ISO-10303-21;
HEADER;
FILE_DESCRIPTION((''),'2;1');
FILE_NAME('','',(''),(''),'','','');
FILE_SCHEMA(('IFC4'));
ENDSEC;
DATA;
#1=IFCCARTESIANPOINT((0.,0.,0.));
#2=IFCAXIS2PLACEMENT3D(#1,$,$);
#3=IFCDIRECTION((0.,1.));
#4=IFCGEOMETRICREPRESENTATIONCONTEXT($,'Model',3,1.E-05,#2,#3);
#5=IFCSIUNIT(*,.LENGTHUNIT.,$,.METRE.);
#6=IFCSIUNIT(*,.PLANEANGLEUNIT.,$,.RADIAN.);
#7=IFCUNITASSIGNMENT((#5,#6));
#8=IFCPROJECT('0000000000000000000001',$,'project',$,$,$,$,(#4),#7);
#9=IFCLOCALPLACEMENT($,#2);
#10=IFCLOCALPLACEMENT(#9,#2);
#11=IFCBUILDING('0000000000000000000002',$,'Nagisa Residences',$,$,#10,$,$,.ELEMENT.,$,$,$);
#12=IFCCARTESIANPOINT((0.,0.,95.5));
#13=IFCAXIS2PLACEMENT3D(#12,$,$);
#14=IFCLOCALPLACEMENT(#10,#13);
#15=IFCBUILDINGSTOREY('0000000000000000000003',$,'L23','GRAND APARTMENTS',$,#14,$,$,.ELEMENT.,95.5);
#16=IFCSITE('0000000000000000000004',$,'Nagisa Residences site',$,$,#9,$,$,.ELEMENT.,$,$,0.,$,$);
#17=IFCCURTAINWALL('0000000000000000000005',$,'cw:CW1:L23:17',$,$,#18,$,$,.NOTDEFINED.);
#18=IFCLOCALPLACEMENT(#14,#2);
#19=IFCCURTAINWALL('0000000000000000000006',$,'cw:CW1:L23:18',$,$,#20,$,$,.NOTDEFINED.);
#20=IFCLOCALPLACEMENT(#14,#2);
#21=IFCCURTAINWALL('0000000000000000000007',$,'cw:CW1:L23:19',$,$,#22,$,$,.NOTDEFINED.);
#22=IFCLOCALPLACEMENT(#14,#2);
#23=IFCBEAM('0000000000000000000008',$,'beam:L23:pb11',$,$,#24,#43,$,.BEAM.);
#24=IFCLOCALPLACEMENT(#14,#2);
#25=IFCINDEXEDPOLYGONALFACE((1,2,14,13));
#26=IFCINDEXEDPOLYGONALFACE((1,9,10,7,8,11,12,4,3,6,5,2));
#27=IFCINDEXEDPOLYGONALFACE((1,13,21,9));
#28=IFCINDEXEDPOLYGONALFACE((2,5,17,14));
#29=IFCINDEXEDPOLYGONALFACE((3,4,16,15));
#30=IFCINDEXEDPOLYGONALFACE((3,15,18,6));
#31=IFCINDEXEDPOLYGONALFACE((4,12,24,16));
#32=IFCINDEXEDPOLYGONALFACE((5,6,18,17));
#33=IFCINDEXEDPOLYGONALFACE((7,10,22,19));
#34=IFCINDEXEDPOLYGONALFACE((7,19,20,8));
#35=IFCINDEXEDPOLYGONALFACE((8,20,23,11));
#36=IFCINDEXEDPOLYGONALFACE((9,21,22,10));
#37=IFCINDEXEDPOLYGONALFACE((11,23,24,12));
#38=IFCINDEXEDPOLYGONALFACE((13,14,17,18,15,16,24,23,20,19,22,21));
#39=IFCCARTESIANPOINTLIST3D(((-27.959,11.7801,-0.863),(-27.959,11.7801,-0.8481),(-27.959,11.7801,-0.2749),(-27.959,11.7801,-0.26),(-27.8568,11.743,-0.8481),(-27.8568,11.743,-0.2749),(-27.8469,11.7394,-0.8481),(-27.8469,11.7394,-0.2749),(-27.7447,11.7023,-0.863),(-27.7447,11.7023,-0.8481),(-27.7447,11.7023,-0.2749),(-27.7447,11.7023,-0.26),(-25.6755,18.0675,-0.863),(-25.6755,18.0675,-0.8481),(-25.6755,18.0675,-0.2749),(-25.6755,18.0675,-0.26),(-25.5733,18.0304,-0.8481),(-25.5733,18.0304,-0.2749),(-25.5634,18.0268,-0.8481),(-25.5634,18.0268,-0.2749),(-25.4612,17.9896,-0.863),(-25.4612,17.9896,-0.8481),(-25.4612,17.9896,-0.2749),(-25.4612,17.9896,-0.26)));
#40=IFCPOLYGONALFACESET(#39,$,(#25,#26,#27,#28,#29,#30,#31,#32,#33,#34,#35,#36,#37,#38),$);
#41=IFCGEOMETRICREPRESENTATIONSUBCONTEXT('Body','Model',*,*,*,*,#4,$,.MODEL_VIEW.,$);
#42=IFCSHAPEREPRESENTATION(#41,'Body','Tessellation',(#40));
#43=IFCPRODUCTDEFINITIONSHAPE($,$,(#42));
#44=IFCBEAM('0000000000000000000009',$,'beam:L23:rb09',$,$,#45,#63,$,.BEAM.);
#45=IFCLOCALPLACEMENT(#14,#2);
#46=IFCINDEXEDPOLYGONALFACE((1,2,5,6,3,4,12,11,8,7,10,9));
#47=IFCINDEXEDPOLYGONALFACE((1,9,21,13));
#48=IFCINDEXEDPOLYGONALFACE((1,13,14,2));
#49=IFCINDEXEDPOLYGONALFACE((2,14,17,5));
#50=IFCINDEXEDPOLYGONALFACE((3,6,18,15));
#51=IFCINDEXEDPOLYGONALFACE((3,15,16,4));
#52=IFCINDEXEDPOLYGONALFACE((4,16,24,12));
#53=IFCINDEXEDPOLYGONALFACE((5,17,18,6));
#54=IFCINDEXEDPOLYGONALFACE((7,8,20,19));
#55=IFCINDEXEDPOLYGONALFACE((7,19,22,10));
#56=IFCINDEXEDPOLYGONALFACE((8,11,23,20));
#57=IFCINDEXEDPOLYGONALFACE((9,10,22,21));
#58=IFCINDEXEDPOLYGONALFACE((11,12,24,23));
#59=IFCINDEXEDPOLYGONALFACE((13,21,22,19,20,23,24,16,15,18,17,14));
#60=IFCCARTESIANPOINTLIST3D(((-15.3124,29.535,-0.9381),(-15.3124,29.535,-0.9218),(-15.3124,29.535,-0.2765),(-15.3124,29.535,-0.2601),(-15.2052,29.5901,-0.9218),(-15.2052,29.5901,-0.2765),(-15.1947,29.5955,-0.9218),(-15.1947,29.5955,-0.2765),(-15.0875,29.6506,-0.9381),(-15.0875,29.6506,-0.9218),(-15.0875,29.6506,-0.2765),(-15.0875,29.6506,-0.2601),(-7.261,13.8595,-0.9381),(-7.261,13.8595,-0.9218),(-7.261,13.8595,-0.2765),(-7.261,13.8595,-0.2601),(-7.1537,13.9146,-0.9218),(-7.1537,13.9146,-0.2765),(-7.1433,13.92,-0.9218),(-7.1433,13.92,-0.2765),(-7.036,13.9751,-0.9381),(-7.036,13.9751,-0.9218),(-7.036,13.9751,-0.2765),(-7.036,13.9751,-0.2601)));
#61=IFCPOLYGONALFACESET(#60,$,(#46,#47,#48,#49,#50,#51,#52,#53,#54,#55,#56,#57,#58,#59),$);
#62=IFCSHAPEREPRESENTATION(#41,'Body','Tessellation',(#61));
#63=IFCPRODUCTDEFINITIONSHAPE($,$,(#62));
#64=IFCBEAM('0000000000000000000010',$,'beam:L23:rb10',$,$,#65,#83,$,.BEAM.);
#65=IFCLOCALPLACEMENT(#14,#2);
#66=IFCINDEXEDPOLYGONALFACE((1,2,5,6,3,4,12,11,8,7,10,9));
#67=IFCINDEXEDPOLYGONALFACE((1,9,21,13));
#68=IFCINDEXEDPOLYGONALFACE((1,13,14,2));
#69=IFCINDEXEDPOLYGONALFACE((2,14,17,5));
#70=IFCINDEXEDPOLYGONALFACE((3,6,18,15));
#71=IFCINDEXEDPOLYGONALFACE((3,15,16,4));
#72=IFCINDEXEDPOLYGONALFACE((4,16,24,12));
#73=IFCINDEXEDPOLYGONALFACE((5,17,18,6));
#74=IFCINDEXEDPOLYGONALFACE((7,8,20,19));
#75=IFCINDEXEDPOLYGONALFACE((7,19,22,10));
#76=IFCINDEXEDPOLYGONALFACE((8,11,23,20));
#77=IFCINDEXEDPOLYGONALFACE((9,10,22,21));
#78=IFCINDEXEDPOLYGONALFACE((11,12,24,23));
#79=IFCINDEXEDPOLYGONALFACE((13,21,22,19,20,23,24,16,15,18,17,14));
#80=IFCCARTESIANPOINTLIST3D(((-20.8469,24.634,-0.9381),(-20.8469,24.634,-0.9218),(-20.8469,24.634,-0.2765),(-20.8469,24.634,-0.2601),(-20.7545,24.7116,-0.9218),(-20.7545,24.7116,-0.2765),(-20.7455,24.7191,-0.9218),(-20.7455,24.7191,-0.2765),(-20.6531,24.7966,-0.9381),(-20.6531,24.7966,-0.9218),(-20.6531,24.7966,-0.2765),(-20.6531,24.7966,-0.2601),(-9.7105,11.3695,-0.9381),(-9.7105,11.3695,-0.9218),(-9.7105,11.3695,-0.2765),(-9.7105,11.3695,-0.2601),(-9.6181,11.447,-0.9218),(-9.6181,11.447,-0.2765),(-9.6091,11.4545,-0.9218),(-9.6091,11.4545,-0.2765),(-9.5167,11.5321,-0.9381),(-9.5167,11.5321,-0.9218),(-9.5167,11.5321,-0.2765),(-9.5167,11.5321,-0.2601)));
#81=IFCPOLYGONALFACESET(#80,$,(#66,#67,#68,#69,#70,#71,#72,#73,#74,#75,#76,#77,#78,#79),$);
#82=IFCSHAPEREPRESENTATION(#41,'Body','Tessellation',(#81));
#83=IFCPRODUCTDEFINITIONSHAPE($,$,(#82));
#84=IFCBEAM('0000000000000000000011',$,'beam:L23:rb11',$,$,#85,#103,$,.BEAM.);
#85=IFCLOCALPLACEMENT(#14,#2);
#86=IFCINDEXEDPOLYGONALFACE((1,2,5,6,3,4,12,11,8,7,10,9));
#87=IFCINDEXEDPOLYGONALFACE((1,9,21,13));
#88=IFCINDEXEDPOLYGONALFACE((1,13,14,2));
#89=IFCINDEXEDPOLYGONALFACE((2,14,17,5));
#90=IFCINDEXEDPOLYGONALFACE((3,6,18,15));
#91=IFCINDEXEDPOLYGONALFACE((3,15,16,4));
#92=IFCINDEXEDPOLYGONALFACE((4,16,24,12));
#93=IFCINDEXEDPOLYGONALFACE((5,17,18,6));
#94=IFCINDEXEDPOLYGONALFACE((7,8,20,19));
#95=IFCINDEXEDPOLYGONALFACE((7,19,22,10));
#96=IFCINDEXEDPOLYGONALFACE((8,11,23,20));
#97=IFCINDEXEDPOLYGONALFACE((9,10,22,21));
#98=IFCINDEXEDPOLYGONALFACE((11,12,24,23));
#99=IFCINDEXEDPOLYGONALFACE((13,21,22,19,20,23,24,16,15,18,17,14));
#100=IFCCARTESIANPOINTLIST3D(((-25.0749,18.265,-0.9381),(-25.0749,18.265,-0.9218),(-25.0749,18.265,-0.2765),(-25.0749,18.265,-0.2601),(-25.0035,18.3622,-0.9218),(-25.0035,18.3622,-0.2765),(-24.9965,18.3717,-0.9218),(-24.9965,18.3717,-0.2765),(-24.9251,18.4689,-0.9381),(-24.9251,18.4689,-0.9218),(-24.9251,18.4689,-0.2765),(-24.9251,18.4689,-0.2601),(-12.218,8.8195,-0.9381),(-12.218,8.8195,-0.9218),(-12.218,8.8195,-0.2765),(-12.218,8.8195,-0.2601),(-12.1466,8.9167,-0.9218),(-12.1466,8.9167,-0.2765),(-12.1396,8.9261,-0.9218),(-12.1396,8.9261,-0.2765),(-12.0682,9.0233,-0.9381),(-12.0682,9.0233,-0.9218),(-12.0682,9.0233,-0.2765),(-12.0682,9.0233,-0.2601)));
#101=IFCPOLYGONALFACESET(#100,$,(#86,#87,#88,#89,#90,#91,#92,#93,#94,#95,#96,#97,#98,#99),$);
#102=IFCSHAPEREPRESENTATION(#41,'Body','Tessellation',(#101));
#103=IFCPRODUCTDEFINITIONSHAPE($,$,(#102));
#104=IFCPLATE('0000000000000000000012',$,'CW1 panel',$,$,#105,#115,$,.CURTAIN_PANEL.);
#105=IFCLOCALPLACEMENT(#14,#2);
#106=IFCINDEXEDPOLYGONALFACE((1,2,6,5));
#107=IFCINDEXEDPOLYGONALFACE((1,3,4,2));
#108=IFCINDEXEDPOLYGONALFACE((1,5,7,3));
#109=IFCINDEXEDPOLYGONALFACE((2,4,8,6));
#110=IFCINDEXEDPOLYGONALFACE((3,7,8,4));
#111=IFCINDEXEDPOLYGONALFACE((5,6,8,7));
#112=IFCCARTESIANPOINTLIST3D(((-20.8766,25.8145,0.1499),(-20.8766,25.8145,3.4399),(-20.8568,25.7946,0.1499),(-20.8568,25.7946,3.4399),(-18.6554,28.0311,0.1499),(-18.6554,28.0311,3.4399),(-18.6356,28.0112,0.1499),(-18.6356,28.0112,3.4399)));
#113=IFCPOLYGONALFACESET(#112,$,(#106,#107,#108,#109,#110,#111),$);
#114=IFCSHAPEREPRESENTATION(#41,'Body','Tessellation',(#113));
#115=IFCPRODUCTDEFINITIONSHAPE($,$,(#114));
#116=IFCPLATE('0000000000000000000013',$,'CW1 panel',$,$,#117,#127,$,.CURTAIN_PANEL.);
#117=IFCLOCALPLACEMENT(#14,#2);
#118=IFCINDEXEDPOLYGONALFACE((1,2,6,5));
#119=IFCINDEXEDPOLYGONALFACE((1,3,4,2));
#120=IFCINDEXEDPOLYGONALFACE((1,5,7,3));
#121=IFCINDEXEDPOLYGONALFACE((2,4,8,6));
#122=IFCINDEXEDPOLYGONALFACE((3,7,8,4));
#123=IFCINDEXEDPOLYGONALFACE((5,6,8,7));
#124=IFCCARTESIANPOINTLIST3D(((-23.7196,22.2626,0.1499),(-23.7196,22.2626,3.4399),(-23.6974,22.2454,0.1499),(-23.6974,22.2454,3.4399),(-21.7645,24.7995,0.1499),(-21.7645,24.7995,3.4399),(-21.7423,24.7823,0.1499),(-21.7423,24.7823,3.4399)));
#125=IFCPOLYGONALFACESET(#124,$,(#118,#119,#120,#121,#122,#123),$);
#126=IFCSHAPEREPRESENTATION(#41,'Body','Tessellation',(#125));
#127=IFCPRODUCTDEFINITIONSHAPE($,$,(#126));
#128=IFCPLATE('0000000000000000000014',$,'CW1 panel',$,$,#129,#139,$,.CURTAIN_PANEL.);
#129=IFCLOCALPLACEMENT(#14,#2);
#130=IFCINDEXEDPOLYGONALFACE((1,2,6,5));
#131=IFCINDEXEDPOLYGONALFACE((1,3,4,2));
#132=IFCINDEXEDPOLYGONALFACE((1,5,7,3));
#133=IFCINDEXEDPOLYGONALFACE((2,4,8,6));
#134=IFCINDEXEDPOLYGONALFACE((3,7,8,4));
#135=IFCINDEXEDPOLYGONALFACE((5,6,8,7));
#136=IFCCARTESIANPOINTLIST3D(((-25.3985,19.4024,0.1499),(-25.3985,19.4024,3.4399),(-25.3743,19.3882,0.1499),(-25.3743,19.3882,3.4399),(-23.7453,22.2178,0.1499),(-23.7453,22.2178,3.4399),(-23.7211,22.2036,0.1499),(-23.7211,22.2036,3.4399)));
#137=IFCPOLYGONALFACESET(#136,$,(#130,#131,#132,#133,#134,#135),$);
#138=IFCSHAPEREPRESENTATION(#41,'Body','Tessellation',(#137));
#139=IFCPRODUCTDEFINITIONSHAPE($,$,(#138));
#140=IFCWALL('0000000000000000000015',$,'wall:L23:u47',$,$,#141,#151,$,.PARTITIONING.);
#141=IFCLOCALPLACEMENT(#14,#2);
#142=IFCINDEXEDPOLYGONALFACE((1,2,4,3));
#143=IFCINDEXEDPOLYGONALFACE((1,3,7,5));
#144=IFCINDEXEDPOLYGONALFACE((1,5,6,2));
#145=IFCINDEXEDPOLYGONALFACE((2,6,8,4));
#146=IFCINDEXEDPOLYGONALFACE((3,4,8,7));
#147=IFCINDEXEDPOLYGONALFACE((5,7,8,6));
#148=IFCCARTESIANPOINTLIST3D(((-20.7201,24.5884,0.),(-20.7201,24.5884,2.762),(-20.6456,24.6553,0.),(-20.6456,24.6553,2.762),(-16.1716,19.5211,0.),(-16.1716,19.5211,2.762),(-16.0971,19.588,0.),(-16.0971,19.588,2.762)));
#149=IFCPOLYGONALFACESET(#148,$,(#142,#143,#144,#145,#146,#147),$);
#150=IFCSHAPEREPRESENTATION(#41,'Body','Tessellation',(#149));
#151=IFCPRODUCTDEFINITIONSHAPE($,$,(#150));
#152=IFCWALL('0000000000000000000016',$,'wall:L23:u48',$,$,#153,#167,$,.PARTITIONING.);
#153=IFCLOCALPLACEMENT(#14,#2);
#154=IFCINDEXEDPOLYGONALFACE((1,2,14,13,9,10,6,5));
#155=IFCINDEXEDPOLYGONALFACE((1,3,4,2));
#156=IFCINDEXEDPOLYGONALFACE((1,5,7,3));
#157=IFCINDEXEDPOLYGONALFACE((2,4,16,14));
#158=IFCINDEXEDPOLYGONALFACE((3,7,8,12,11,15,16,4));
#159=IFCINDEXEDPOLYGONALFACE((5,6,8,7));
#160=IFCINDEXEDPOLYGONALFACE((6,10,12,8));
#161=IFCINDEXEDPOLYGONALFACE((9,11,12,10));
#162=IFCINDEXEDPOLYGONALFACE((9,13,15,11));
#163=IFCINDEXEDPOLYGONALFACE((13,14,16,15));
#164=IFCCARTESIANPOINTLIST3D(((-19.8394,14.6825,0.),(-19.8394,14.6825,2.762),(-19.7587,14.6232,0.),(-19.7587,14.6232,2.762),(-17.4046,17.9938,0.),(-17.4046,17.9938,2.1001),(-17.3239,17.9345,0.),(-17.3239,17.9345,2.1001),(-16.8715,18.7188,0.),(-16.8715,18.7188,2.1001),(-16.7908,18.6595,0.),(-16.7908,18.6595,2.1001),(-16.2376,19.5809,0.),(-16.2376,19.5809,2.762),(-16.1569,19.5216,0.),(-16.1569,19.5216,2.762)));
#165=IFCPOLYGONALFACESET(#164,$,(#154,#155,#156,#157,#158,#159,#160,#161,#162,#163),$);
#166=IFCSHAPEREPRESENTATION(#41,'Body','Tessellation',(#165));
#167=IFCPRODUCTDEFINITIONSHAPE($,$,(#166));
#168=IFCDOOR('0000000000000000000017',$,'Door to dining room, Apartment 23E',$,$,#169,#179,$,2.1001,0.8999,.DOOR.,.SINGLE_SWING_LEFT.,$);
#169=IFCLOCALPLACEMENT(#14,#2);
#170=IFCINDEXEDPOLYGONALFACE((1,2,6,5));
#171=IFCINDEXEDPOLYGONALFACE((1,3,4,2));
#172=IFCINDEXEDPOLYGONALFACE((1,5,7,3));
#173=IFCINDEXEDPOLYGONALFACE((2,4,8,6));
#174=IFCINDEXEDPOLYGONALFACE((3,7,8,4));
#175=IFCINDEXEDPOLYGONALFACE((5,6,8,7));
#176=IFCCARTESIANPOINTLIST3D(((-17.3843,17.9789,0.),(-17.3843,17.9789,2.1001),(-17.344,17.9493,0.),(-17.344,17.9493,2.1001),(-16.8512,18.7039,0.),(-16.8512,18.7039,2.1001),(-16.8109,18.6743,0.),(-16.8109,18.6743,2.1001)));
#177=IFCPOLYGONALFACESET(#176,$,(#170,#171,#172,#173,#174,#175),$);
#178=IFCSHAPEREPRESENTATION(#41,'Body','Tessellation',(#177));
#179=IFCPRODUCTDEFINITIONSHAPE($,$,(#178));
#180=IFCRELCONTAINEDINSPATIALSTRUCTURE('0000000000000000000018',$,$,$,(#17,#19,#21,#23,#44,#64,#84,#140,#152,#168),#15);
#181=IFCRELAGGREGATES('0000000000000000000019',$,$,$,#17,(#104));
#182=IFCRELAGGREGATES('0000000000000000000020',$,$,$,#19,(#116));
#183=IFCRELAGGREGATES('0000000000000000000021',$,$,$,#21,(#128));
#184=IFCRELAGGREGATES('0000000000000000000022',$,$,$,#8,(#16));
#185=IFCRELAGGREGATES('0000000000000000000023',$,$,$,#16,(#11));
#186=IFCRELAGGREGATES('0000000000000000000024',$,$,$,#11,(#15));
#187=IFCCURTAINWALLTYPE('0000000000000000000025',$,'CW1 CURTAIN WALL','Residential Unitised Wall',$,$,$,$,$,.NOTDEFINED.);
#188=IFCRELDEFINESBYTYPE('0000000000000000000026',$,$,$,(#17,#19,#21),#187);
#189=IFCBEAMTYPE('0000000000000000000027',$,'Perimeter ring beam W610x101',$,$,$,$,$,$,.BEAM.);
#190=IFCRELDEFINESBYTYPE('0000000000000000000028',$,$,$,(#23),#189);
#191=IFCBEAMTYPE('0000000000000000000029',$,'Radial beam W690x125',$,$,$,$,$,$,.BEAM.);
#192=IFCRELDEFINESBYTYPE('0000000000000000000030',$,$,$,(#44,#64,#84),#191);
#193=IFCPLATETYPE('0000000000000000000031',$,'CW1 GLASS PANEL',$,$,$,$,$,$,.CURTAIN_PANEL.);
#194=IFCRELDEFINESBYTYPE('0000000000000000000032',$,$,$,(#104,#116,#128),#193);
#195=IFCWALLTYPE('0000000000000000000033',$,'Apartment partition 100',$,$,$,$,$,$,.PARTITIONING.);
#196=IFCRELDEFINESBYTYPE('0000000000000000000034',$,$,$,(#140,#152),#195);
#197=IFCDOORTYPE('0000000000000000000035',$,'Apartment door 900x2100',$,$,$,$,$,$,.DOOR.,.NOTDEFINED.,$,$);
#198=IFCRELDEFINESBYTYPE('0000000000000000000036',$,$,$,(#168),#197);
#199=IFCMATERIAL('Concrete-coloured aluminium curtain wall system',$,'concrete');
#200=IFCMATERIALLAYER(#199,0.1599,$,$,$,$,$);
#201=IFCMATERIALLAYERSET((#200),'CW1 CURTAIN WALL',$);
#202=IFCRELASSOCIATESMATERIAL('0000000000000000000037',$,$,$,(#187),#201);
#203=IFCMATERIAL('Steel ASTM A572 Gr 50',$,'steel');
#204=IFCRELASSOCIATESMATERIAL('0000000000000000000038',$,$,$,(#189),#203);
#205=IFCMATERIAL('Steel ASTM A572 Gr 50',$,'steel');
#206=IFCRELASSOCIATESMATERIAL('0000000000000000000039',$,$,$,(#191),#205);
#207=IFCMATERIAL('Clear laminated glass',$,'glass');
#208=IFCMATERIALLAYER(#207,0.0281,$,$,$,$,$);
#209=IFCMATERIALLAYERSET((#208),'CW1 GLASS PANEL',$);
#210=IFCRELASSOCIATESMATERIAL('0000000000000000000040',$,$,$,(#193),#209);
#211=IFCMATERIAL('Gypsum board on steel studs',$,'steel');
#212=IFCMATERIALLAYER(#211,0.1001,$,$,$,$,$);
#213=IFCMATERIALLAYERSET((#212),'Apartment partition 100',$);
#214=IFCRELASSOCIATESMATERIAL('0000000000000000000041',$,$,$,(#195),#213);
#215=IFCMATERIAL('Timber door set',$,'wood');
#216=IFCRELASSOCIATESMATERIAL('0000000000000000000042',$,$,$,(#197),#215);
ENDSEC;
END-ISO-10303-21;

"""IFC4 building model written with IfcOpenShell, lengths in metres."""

from ifc_helpers import new_model, si_unit, direction, frame, frame_2d, origin, origin_2d, place, context, subcontext, project, spatial, rectangle, i_section, extrude, material, layer, layer_set, material_profile, profile_set, type_object, element, fill, aggregate, save


model = new_model("IFC4")

# Units and contexts
model_context = context("Model", 3, precision=1e-05, world=origin(), true_north=direction((0.0, 1.0)))
body_context = subcontext(model_context, "Body", "Model", "MODEL_VIEW")
ifc_project = project(units=[si_unit("LENGTHUNIT", "METRE"), si_unit("PLANEANGLEUNIT", "RADIAN")], contexts=[model_context])

# Site, building, storey
site_placement = place(None, origin())
site = spatial("IfcSite", under=ifc_project, at=site_placement, Name="Nagisa Residences site", CompositionType="ELEMENT", RefElevation=0.0)
building_placement = place(site_placement, origin())
building = spatial("IfcBuilding", under=site, at=building_placement, Name="Nagisa Residences", CompositionType="ELEMENT")
storey_placement = place(building_placement, frame((0.0, 0.0, 95.5)))
storey = spatial("IfcBuildingStorey", under=building, at=storey_placement, Name="L23", Description="GRAND APARTMENTS", CompositionType="ELEMENT", Elevation=95.5)

# Curtain walls
ifc_material_1 = material(Name="Concrete-coloured aluminium curtain wall system", Category="concrete")
ifc_layer_1 = layer(ifc_material_1, 0.1599)
ifc_layer_set_1 = layer_set([ifc_layer_1], Name="CW1 CURTAIN WALL")
curtain_wall_type = type_object("IfcCurtainWallType", Name="CW1 CURTAIN WALL", Description="Residential Unitised Wall", PredefinedType="NOTDEFINED", material=ifc_layer_set_1)
curtain_wall_1_placement = place(storey_placement, origin())
curtain_wall_1 = element("IfcCurtainWall", 1, at=curtain_wall_1_placement, inside=storey, type_object=curtain_wall_type, Name="cw:CW1:L23:17", PredefinedType="NOTDEFINED")
curtain_wall_2_placement = place(storey_placement, origin())
curtain_wall_2 = element("IfcCurtainWall", 2, at=curtain_wall_2_placement, inside=storey, type_object=curtain_wall_type, Name="cw:CW1:L23:18", PredefinedType="NOTDEFINED")
curtain_wall_3_placement = place(storey_placement, origin())
curtain_wall_3 = element("IfcCurtainWall", 3, at=curtain_wall_3_placement, inside=storey, type_object=curtain_wall_type, Name="cw:CW1:L23:19", PredefinedType="NOTDEFINED")

# Beams
ifc_material_2 = material(Name="Steel ASTM A572 Gr 50", Category="steel")
ifc_material_profile_1 = material_profile(ifc_material_2, i_section(OverallWidth=0.228, OverallDepth=0.603, WebThickness=0.0105, FlangeThickness=0.0149, at=origin_2d()), Name="W610x101")
ifc_profile_set_1 = profile_set([ifc_material_profile_1], Name="Steel ASTM A572 Gr 50")
beam_type_1 = type_object("IfcBeamType", Name="Perimeter ring beam W610x101", PredefinedType="BEAM", material=ifc_profile_set_1)
beam_1_placement = place(storey_placement, frame((-25.5684, 18.0286, -0.5615), z_axis=(-0.341365, -0.939931, 0.0), x_axis=(0.939931, -0.341365, 0.0)))
element("IfcBeam", 4, at=beam_1_placement, inside=storey, type_object=beam_type_1, Name="beam:L23:pb11", PredefinedType="BEAM", context=body_context, shape_type="SweptSolid", body=[
    extrude(i_section(OverallWidth=0.228, OverallDepth=0.603, WebThickness=0.0105, FlangeThickness=0.0149, at=origin_2d()), origin(), (0.0, 0.0, 1.0), 6.6892),
])
ifc_material_3 = material(Name="Steel ASTM A572 Gr 50", Category="steel")
ifc_material_profile_2 = material_profile(ifc_material_3, i_section(OverallWidth=0.2529, OverallDepth=0.678, WebThickness=0.0117, FlangeThickness=0.0164, at=origin_2d()), Name="W690x125")
ifc_profile_set_2 = profile_set([ifc_material_profile_2], Name="Steel ASTM A572 Gr 50")
beam_type_2 = type_object("IfcBeamType", Name="Radial beam W690x125", PredefinedType="BEAM", material=ifc_profile_set_2)
beam_2_placement = place(storey_placement, frame((-15.2, 29.5928, -0.5991), z_axis=(0.456891, -0.889523, 0.0), x_axis=(0.889523, 0.456891, 0.0)))
element("IfcBeam", 5, at=beam_2_placement, inside=storey, type_object=beam_type_2, Name="beam:L23:rb09", PredefinedType="BEAM", context=body_context, shape_type="SweptSolid", body=[
    extrude(i_section(OverallWidth=0.2529, OverallDepth=0.678, WebThickness=0.0117, FlangeThickness=0.0164, at=origin_2d()), origin(), (0.0, 0.0, 1.0), 17.6223),
])
beam_3_placement = place(storey_placement, frame((-20.75, 24.7153, -0.5991), z_axis=(0.642995, -0.765871, 0.0), x_axis=(0.765871, 0.642995, 0.0)))
element("IfcBeam", 6, at=beam_3_placement, inside=storey, type_object=beam_type_2, Name="beam:L23:rb10", PredefinedType="BEAM", context=body_context, shape_type="SweptSolid", body=[
    extrude(i_section(OverallWidth=0.2529, OverallDepth=0.678, WebThickness=0.0117, FlangeThickness=0.0164, at=origin_2d()), origin(), (0.0, 0.0, 1.0), 17.3196),
])
beam_4_placement = place(storey_placement, frame((-25.0, 18.3669, -0.5991), z_axis=(0.805892, -0.592062, 0.0), x_axis=(0.592062, 0.805892, 0.0)))
element("IfcBeam", 7, at=beam_4_placement, inside=storey, type_object=beam_type_2, Name="beam:L23:rb11", PredefinedType="BEAM", context=body_context, shape_type="SweptSolid", body=[
    extrude(i_section(OverallWidth=0.2529, OverallDepth=0.678, WebThickness=0.0117, FlangeThickness=0.0164, at=origin_2d()), origin(), (0.0, 0.0, 1.0), 15.9536),
])

# Plates
ifc_material_4 = material(Name="Clear laminated glass", Category="glass")
ifc_layer_2 = layer(ifc_material_4, 0.0281)
ifc_layer_set_2 = layer_set([ifc_layer_2], Name="CW1 GLASS PANEL")
plate_type = type_object("IfcPlateType", Name="CW1 GLASS PANEL", PredefinedType="CURTAIN_PANEL", material=ifc_layer_set_2)
plate_1_placement = place(storey_placement, frame((-19.7561, 26.9128, 0.1499), z_axis=(0.0, 0.0, 1.0), x_axis=(-0.707836, -0.706377, 0.0)))
plate_1 = element("IfcPlate", 8, at=plate_1_placement, type_object=plate_type, Name="CW1 panel", PredefinedType="CURTAIN_PANEL", context=body_context, shape_type="SweptSolid", body=[
    extrude(rectangle(XDim=3.1379, YDim=0.0281, at=origin_2d()), origin(), (0.0, 0.0, 1.0), 3.29),
])
aggregate(curtain_wall_1, [plate_1])
plate_2_placement = place(storey_placement, frame((-22.731, 23.5225, 0.1499), z_axis=(0.0, 0.0, 1.0), x_axis=(-0.61043, -0.79207, 0.0)))
plate_2 = element("IfcPlate", 9, at=plate_2_placement, type_object=plate_type, Name="CW1 panel", PredefinedType="CURTAIN_PANEL", context=body_context, shape_type="SweptSolid", body=[
    extrude(rectangle(XDim=3.2029, YDim=0.0281, at=origin_2d()), origin(), (0.0, 0.0, 1.0), 3.29),
])
aggregate(curtain_wall_2, [plate_2])
plate_3_placement = place(storey_placement, frame((-24.5598, 20.803, 0.1499), z_axis=(0.0, 0.0, 1.0), x_axis=(-0.506349, -0.862329, 0.0)))
plate_3 = element("IfcPlate", 10, at=plate_3_placement, type_object=plate_type, Name="CW1 panel", PredefinedType="CURTAIN_PANEL", context=body_context, shape_type="SweptSolid", body=[
    extrude(rectangle(XDim=3.2649, YDim=0.0281, at=origin_2d()), origin(), (0.0, 0.0, 1.0), 3.29),
])
aggregate(curtain_wall_3, [plate_3])

# Wall
ifc_material_5 = material(Name="Gypsum board on steel studs", Category="steel")
ifc_layer_3 = layer(ifc_material_5, 0.1001)
ifc_layer_set_3 = layer_set([ifc_layer_3], Name="Apartment partition 100")
wall_type_1 = type_object("IfcWallType", Name="Apartment partition 100", PredefinedType="PARTITIONING", material=ifc_layer_set_3)
wall_1_placement = place(storey_placement, frame((-16.1343, 19.5544, 0.0), z_axis=(0.0, 0.0, 1.0), x_axis=(-0.667986, 0.744174, 0.0)))
element("IfcWall", 11, at=wall_1_placement, inside=storey, type_object=wall_type_1, Name="wall:L23:u47", PredefinedType="PARTITIONING", context=body_context, shape_type="SweptSolid", body=[
    extrude(rectangle(XDim=6.8093, YDim=0.1001, at=frame_2d((3.4048, 0.0))), origin(), (0.0, 0.0, 1.0), 2.762),
])

# Wall, opening, door
wall_2_placement = place(storey_placement, frame((-16.1973, 19.5513, 0.0), z_axis=(0.0, 0.0, 1.0), x_axis=(-0.592392, -0.80565, 0.0)))
wall_2 = element("IfcWall", 12, at=wall_2_placement, inside=storey, type_object=wall_type_1, Name="wall:L23:u48", PredefinedType="PARTITIONING", context=body_context, shape_type="SweptSolid", body=[
    extrude(rectangle(XDim=6.0801, YDim=0.1001, at=frame_2d((3.04, 0.0))), origin(), (0.0, 0.0, 1.0), 2.762),
])
opening_1_placement = place(wall_2_placement, frame((1.0701, 0.0, 0.0)))
opening_1 = element("IfcOpeningElement", 13, at=opening_1_placement, cuts=wall_2, PredefinedType="OPENING", context=body_context, shape_type="SweptSolid", body=[
    extrude(rectangle(XDim=0.8999, YDim=2.1001, at=frame_2d((0.45, 1.05))), frame((0.0, 0.0601, 0.0), z_axis=(0.0, -1.0, 0.0), x_axis=(1.0, 0.0, 0.0)), (0.0, 0.0, 1.0), 0.1201),
])
ifc_material_6 = material(Name="Timber door set", Category="wood")
door_type_1 = type_object("IfcDoorType", Name="Apartment door 900x2100", OperationType="NOTDEFINED", PredefinedType="DOOR", material=ifc_material_6)
door_1_placement = place(opening_1_placement, frame((0.8999, 0.0, 0.0), x_axis=(-1.0, 0.0, 0.0)))
door_1 = element("IfcDoor", 14, at=door_1_placement, inside=storey, type_object=door_type_1, Name="Door to dining room, Apartment 23E", OperationType="SINGLE_SWING_LEFT", OverallHeight=2.1001, OverallWidth=0.8999, PredefinedType="DOOR", context=body_context, shape_type="SweptSolid", body=[
    extrude(rectangle(XDim=0.8999, YDim=2.1001, at=frame_2d((0.45, 1.05))), frame((0.0, 0.0249, 0.0), z_axis=(0.0, -1.0, 0.0), x_axis=(1.0, 0.0, 0.0)), (0.0, 0.0, 1.0), 0.05),
])
fill(opening_1, door_1)

save(model, "model.ifc")
